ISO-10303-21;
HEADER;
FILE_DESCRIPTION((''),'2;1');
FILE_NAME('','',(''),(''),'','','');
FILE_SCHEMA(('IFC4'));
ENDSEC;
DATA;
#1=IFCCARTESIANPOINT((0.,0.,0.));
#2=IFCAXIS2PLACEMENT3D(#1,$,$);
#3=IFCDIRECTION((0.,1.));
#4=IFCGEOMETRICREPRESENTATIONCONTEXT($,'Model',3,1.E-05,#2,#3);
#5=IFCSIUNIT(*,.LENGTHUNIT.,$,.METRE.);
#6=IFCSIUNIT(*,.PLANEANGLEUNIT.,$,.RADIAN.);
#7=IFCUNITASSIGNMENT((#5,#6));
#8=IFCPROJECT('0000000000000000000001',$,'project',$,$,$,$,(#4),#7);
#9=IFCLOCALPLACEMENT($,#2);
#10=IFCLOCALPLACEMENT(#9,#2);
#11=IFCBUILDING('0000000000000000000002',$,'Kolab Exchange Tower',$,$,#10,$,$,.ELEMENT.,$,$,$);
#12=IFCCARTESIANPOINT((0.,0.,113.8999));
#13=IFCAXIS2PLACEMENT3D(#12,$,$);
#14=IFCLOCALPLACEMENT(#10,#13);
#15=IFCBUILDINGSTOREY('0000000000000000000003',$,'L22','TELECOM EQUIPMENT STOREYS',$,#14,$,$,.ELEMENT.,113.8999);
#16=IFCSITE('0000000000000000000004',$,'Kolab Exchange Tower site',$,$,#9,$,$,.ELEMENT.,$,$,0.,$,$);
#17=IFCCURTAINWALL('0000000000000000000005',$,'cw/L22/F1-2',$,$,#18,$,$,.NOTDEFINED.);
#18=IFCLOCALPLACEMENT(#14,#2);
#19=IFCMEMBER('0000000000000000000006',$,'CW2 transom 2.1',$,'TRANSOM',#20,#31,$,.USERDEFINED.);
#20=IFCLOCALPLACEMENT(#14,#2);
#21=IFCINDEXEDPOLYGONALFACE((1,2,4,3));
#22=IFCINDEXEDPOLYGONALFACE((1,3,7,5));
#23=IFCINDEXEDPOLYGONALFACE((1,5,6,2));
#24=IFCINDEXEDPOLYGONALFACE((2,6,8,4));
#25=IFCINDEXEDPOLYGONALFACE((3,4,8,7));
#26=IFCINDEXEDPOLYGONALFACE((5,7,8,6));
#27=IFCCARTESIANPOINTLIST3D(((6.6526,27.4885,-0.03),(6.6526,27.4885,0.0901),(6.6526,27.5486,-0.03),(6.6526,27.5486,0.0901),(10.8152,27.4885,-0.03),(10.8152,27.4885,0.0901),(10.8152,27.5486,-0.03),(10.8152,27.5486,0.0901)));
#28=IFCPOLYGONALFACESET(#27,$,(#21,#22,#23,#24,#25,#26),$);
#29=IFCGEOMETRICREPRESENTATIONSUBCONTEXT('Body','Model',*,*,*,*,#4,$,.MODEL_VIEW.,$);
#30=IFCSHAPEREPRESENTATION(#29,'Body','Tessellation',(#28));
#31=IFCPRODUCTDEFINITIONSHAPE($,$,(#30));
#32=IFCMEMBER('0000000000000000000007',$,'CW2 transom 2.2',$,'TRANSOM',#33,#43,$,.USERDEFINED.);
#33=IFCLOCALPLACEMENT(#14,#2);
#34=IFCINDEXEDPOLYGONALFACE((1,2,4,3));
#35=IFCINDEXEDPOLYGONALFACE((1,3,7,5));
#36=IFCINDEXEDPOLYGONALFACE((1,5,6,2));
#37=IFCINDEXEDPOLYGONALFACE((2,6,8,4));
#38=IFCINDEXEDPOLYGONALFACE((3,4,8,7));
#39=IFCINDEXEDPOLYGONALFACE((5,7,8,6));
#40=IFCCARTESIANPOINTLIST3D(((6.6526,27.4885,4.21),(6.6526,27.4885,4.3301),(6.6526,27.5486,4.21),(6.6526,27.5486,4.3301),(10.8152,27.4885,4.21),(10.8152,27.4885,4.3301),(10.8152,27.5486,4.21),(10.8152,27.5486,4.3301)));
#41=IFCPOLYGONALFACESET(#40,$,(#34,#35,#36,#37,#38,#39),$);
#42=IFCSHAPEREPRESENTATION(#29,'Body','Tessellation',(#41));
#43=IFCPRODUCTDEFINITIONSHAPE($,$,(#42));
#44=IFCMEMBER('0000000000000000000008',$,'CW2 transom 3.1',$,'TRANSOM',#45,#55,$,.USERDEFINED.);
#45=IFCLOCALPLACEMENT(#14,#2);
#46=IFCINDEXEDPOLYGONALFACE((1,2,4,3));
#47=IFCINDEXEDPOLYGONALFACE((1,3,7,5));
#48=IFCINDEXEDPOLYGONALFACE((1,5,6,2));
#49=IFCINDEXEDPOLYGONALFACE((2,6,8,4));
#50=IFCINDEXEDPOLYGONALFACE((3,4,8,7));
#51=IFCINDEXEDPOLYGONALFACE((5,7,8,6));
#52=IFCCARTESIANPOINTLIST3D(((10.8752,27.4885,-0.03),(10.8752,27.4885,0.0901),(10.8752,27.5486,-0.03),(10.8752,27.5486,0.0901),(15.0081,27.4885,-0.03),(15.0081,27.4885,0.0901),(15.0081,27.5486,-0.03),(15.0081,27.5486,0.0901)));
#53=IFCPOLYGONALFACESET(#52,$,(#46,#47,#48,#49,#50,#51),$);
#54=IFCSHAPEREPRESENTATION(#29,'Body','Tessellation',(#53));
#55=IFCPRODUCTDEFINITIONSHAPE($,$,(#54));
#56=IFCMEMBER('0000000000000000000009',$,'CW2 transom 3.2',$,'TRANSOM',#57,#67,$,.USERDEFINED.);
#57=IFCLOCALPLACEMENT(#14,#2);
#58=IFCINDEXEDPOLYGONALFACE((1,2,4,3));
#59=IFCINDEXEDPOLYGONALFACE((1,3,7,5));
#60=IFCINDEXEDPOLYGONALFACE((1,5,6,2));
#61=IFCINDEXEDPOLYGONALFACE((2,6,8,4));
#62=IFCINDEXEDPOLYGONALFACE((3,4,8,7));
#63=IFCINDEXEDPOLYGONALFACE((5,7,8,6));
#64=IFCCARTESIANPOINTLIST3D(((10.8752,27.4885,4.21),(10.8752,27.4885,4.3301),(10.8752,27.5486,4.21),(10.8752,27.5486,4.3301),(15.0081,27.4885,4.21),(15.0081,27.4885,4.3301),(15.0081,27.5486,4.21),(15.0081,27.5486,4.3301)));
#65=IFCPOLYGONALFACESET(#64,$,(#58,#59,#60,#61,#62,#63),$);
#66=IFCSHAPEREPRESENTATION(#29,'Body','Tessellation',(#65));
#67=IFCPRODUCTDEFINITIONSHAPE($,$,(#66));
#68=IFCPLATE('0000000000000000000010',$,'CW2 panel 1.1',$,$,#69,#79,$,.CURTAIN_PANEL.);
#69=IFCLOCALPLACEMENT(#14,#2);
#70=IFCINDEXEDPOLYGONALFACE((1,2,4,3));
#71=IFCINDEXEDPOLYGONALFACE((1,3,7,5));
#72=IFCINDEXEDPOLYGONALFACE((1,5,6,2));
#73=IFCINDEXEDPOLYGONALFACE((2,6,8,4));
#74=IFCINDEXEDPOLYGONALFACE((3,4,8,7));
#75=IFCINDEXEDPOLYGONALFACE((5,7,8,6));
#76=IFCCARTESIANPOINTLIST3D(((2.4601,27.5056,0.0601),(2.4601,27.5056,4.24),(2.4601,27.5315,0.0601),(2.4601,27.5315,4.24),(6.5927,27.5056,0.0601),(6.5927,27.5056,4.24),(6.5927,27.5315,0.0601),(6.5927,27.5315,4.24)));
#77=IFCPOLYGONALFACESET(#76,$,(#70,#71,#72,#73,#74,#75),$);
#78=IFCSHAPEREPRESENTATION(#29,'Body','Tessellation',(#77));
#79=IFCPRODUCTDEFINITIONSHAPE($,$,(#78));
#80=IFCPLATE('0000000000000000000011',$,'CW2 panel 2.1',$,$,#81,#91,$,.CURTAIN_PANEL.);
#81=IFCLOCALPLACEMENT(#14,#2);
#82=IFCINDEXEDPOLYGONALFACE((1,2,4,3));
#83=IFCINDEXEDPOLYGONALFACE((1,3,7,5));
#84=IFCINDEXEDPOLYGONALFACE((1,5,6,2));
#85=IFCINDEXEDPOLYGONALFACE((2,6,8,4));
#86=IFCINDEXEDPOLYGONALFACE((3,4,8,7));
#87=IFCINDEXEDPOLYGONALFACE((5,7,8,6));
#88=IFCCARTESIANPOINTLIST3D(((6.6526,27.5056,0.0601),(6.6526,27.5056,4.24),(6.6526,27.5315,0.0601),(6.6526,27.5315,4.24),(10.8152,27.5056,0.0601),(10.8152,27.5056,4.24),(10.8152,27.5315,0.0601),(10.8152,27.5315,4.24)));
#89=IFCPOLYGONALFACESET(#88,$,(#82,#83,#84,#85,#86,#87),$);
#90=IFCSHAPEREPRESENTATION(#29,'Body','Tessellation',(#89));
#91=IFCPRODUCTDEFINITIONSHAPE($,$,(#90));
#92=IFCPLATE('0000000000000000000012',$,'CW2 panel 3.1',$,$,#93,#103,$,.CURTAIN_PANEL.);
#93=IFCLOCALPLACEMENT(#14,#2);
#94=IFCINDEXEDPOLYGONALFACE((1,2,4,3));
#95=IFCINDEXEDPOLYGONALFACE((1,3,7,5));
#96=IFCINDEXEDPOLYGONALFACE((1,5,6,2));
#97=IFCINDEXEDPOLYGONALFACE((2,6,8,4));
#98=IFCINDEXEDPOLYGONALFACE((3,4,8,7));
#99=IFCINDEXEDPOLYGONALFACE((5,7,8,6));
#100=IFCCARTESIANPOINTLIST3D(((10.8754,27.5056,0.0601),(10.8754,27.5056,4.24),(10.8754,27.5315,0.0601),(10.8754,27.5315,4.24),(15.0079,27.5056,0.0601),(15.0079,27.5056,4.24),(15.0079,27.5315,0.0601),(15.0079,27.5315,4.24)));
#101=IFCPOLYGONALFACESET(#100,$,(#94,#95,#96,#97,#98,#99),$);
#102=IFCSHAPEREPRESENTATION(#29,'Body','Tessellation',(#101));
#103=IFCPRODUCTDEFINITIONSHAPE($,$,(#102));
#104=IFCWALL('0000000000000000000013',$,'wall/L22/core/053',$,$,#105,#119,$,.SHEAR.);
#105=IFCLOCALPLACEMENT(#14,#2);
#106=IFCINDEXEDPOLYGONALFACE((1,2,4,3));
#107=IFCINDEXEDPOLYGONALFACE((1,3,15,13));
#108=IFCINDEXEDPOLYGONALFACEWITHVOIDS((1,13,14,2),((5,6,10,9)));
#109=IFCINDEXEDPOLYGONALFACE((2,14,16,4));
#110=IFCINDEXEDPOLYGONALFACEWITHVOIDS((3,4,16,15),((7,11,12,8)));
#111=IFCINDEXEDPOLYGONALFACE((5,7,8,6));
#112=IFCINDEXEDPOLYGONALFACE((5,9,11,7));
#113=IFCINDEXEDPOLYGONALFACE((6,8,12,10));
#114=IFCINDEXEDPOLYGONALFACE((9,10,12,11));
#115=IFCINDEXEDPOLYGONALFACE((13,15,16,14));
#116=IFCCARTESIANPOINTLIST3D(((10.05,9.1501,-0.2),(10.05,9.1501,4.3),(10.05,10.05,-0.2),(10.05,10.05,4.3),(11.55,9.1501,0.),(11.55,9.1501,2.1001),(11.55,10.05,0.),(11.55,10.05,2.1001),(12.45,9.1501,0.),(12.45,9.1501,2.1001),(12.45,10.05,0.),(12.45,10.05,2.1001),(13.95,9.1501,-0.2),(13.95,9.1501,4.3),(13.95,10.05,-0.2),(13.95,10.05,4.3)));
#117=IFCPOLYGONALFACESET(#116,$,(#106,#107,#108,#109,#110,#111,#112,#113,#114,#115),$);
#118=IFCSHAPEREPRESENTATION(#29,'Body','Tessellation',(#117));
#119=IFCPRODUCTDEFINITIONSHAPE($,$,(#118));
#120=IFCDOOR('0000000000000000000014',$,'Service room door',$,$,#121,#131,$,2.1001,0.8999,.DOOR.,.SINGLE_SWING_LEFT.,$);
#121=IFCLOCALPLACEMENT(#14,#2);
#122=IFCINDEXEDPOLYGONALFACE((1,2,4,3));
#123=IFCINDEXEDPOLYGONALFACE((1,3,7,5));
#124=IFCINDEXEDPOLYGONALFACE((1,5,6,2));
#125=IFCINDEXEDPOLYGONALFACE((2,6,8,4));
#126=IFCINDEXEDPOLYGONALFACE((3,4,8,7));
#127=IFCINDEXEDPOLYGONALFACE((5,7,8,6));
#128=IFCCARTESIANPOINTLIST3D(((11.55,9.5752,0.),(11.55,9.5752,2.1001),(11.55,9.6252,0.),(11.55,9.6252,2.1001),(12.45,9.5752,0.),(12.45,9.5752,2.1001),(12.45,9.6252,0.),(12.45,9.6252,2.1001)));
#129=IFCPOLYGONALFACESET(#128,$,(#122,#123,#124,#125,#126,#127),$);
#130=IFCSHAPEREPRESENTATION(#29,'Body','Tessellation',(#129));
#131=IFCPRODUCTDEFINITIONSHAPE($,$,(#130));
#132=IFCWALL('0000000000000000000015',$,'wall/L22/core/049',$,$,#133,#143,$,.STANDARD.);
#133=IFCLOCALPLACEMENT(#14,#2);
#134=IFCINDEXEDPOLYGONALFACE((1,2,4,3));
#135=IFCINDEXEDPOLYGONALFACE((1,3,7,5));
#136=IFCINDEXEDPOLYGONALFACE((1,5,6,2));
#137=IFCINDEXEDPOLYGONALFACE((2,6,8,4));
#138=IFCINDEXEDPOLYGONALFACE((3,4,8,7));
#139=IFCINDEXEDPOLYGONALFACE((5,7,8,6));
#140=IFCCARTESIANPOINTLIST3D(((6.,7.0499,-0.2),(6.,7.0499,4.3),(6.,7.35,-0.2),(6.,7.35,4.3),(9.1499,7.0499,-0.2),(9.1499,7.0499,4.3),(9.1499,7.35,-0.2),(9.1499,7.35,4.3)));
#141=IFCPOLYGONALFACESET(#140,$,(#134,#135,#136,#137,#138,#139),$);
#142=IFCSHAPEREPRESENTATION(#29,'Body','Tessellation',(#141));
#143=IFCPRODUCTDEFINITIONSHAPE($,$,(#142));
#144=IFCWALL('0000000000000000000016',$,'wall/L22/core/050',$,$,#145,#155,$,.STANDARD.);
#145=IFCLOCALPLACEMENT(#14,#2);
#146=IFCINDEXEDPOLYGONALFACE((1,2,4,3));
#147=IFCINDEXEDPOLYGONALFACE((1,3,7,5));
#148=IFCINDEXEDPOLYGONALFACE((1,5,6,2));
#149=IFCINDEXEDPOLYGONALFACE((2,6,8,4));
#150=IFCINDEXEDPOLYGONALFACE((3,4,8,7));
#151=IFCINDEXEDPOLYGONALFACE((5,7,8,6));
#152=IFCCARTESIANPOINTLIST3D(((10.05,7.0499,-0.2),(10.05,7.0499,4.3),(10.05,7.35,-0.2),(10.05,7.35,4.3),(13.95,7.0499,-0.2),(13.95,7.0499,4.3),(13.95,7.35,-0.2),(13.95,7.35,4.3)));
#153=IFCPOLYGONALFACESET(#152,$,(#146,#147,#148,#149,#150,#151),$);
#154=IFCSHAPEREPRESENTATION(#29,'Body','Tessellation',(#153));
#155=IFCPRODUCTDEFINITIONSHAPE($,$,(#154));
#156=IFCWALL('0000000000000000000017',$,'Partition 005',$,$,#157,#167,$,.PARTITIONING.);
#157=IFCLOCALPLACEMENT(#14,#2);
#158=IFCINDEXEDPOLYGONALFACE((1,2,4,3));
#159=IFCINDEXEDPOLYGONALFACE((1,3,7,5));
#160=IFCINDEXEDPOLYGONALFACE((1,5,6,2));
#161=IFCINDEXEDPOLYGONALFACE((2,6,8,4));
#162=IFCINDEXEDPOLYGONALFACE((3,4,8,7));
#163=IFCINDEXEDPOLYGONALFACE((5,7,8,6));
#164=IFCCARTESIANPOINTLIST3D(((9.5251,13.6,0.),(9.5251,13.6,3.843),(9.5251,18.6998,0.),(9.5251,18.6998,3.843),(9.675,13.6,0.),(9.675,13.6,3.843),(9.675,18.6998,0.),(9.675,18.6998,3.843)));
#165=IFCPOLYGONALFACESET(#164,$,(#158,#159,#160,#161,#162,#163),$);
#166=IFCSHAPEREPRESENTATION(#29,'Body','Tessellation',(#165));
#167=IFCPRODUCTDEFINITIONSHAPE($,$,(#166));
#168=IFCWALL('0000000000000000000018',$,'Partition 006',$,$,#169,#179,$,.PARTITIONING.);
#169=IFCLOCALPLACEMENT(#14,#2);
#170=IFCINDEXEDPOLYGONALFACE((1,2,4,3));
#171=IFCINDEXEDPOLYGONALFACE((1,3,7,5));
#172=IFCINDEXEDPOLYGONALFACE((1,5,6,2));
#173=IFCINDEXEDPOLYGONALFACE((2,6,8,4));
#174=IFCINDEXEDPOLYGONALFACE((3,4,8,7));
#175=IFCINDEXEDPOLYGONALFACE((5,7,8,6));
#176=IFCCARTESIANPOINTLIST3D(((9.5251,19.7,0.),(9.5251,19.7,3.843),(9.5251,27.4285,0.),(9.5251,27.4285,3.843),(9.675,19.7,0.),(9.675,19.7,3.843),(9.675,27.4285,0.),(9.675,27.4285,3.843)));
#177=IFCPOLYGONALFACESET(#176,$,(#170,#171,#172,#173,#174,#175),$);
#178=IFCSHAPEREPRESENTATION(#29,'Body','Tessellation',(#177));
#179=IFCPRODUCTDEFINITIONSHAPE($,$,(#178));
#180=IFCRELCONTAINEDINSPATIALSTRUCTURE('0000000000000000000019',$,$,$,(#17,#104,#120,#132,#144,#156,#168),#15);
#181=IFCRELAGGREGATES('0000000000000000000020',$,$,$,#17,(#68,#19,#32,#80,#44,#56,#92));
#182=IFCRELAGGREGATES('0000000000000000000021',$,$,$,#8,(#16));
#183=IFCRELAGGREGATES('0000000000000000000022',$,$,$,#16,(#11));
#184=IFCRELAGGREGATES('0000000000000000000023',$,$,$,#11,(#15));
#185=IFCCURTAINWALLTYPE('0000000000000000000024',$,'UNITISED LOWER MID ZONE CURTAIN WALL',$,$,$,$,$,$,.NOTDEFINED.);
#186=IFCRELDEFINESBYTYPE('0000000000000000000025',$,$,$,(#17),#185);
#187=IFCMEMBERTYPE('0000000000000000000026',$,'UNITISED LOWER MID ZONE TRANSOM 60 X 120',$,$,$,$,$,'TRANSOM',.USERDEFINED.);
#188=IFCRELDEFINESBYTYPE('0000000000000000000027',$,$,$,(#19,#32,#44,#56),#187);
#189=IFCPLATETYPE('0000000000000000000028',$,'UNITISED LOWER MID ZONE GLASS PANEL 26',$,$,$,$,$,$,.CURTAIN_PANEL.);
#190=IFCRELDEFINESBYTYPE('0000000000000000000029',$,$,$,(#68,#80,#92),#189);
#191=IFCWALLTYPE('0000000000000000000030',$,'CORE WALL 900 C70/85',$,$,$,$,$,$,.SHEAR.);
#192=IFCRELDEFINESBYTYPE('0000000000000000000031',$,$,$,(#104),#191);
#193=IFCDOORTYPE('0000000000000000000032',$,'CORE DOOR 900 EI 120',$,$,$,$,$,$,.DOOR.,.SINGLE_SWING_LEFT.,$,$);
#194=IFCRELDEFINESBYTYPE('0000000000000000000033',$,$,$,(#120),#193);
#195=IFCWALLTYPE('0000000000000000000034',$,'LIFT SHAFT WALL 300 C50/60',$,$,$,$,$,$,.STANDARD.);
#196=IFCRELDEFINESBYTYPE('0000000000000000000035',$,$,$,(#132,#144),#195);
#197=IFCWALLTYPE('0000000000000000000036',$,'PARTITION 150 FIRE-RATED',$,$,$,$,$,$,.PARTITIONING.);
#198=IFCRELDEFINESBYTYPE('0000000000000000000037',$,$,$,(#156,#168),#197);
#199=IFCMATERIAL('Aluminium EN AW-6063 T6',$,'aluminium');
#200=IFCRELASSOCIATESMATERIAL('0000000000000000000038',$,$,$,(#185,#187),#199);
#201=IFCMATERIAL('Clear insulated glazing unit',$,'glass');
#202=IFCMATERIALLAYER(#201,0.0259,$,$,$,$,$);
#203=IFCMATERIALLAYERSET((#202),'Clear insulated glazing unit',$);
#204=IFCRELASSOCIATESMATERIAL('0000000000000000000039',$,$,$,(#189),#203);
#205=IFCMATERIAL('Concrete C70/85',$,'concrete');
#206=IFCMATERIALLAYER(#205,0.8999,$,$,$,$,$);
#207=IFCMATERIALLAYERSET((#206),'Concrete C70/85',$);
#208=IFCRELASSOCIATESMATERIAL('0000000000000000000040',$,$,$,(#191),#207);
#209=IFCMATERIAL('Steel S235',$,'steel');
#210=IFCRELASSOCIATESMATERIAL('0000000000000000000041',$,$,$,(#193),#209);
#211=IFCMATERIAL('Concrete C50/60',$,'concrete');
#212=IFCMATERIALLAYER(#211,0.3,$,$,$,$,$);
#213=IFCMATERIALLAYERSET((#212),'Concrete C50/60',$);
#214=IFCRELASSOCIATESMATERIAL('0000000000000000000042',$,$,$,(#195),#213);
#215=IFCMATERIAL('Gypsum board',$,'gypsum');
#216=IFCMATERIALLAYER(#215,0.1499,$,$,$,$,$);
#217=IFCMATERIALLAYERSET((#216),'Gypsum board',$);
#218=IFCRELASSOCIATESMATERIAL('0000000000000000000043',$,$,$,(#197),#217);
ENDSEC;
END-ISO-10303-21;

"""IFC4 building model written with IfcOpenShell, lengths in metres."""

from ifc_helpers import new_model, si_unit, direction, frame, frame_2d, origin, origin_2d, place, context, subcontext, project, spatial, rectangle, extrude, material, layer, layer_set, material_profile, profile_set, type_object, element, fill, aggregate, save


model = new_model("IFC4")

# Units and contexts
model_context = context("Model", 3, precision=1e-05, world=origin(), true_north=direction((0.0, 1.0)))
body_context = subcontext(model_context, "Body", "Model", "MODEL_VIEW")
ifc_project = project(units=[si_unit("LENGTHUNIT", "METRE"), si_unit("PLANEANGLEUNIT", "RADIAN")], contexts=[model_context])

# Site, building, storey
site_placement = place(None, origin())
site = spatial("IfcSite", under=ifc_project, at=site_placement, Name="Kolab Exchange Tower site", CompositionType="ELEMENT", RefElevation=0.0)
building_placement = place(site_placement, origin())
building = spatial("IfcBuilding", under=site, at=building_placement, Name="Kolab Exchange Tower", CompositionType="ELEMENT")
storey_placement = place(building_placement, frame((0.0, 0.0, 113.8999)))
storey = spatial("IfcBuildingStorey", under=building, at=storey_placement, Name="L22", Description="TELECOM EQUIPMENT STOREYS", CompositionType="ELEMENT", Elevation=113.8999)

# Shared definitions
ifc_material_1 = material(Name="Concrete C70/85", Category="concrete")

# Curtain wall, members, plates
ifc_material_2 = material(Name="Aluminium EN AW-6063 T6", Category="aluminium")
curtain_wall_type = type_object("IfcCurtainWallType", Name="UNITISED LOWER MID ZONE CURTAIN WALL", PredefinedType="NOTDEFINED", material=ifc_material_2)
curtain_wall_placement = place(storey_placement, origin())
curtain_wall = element("IfcCurtainWall", 1, at=curtain_wall_placement, inside=storey, type_object=curtain_wall_type, Name="cw/L22/F1-2", PredefinedType="NOTDEFINED")
ifc_material_profile_1 = material_profile(ifc_material_2, rectangle(XDim=0.0601, YDim=0.1201, at=origin_2d()), Name="RECT 60X120")
ifc_profile_set_1 = profile_set([ifc_material_profile_1], Name="Aluminium EN AW-6063 T6")
member_type_1 = type_object("IfcMemberType", Name="UNITISED LOWER MID ZONE TRANSOM 60 X 120", ElementType="TRANSOM", PredefinedType="USERDEFINED", material=ifc_profile_set_1)
member_1_placement = place(storey_placement, frame((6.6526, 27.5186, 0.03), z_axis=(1.0, 0.0, 0.0), x_axis=(0.0, 1.0, 0.0)))
member_1 = element("IfcMember", 2, at=member_1_placement, type_object=member_type_1, Name="CW2 transom 2.1", ObjectType="TRANSOM", PredefinedType="USERDEFINED", context=body_context, shape_type="SweptSolid", body=[
    extrude(rectangle(XDim=0.0601, YDim=0.1201, at=origin_2d()), origin(), (0.0, 0.0, 1.0), 4.1626),
])
member_2_placement = place(storey_placement, frame((6.6526, 27.5186, 4.27), z_axis=(1.0, 0.0, 0.0), x_axis=(0.0, 1.0, 0.0)))
member_2 = element("IfcMember", 3, at=member_2_placement, type_object=member_type_1, Name="CW2 transom 2.2", ObjectType="TRANSOM", PredefinedType="USERDEFINED", context=body_context, shape_type="SweptSolid", body=[
    extrude(rectangle(XDim=0.0601, YDim=0.1201, at=origin_2d()), origin(), (0.0, 0.0, 1.0), 4.1626),
])
member_3_placement = place(storey_placement, frame((10.8752, 27.5186, 0.03), z_axis=(1.0, 0.0, 0.0), x_axis=(0.0, 1.0, 0.0)))
member_3 = element("IfcMember", 4, at=member_3_placement, type_object=member_type_1, Name="CW2 transom 3.1", ObjectType="TRANSOM", PredefinedType="USERDEFINED", context=body_context, shape_type="SweptSolid", body=[
    extrude(rectangle(XDim=0.0601, YDim=0.1201, at=origin_2d()), origin(), (0.0, 0.0, 1.0), 4.1328),
])
member_4_placement = place(storey_placement, frame((10.8752, 27.5186, 4.27), z_axis=(1.0, 0.0, 0.0), x_axis=(0.0, 1.0, 0.0)))
member_4 = element("IfcMember", 5, at=member_4_placement, type_object=member_type_1, Name="CW2 transom 3.2", ObjectType="TRANSOM", PredefinedType="USERDEFINED", context=body_context, shape_type="SweptSolid", body=[
    extrude(rectangle(XDim=0.0601, YDim=0.1201, at=origin_2d()), origin(), (0.0, 0.0, 1.0), 4.1328),
])
ifc_material_3 = material(Name="Clear insulated glazing unit", Category="glass")
ifc_layer_1 = layer(ifc_material_3, 0.0259)
ifc_layer_set_1 = layer_set([ifc_layer_1], Name="Clear insulated glazing unit")
plate_type = type_object("IfcPlateType", Name="UNITISED LOWER MID ZONE GLASS PANEL 26", PredefinedType="CURTAIN_PANEL", material=ifc_layer_set_1)
plate_1_placement = place(storey_placement, frame((4.5264, 27.5186, 0.0601), z_axis=(0.0, 0.0, 1.0), x_axis=(1.0, 0.0, 0.0)))
plate_1 = element("IfcPlate", 6, at=plate_1_placement, type_object=plate_type, Name="CW2 panel 1.1", PredefinedType="CURTAIN_PANEL", context=body_context, shape_type="SweptSolid", body=[
    extrude(rectangle(XDim=4.1326, YDim=0.0259, at=origin_2d()), origin(), (0.0, 0.0, 1.0), 4.1799),
])
plate_2_placement = place(storey_placement, frame((8.7339, 27.5186, 0.0601), z_axis=(0.0, 0.0, 1.0), x_axis=(1.0, 0.0, 0.0)))
plate_2 = element("IfcPlate", 7, at=plate_2_placement, type_object=plate_type, Name="CW2 panel 2.1", PredefinedType="CURTAIN_PANEL", context=body_context, shape_type="SweptSolid", body=[
    extrude(rectangle(XDim=4.1626, YDim=0.0259, at=origin_2d()), origin(), (0.0, 0.0, 1.0), 4.1799),
])
plate_3_placement = place(storey_placement, frame((12.9417, 27.5186, 0.0601), z_axis=(0.0, 0.0, 1.0), x_axis=(1.0, 0.0, 0.0)))
plate_3 = element("IfcPlate", 8, at=plate_3_placement, type_object=plate_type, Name="CW2 panel 3.1", PredefinedType="CURTAIN_PANEL", context=body_context, shape_type="SweptSolid", body=[
    extrude(rectangle(XDim=4.1326, YDim=0.0259, at=origin_2d()), origin(), (0.0, 0.0, 1.0), 4.1799),
])
aggregate(curtain_wall, [plate_1, member_1, member_2, plate_2, member_3, member_4, plate_3])

# Wall, opening, door
ifc_layer_2 = layer(ifc_material_1, 0.8999)
ifc_layer_set_2 = layer_set([ifc_layer_2], Name="Concrete C70/85")
wall_type_1 = type_object("IfcWallType", Name="CORE WALL 900 C70/85", PredefinedType="SHEAR", material=ifc_layer_set_2)
wall_1_placement = place(storey_placement, frame((10.05, 9.6001, -0.2), z_axis=(0.0, 0.0, 1.0), x_axis=(1.0, 0.0, 0.0)))
wall_1 = element("IfcWall", 9, at=wall_1_placement, inside=storey, type_object=wall_type_1, Name="wall/L22/core/053", PredefinedType="SHEAR", context=body_context, shape_type="SweptSolid", body=[
    extrude(rectangle(XDim=3.8999, YDim=0.8999, at=frame_2d((1.95, 0.0))), origin(), (0.0, 0.0, 1.0), 4.5),
])
opening_placement = place(wall_1_placement, frame((1.5, 0.0, 0.2)))
opening = element("IfcOpeningElement", 10, at=opening_placement, cuts=wall_1, PredefinedType="OPENING", context=body_context, shape_type="SweptSolid", body=[
    extrude(rectangle(XDim=0.8999, YDim=2.1001, at=frame_2d((0.45, 1.05))), frame((0.0, 0.46, 0.0), z_axis=(0.0, -1.0, 0.0), x_axis=(1.0, 0.0, 0.0)), (0.0, 0.0, 1.0), 0.9199),
])
ifc_material_4 = material(Name="Steel S235", Category="steel")
door_type = type_object("IfcDoorType", Name="CORE DOOR 900 EI 120", OperationType="SINGLE_SWING_LEFT", PredefinedType="DOOR", material=ifc_material_4)
door_placement = place(opening_placement, frame((0.8999, 0.0, 0.0), z_axis=(0.0, 0.0, 1.0), x_axis=(-1.0, 0.0, 0.0)))
door = element("IfcDoor", 11, at=door_placement, inside=storey, type_object=door_type, Name="Service room door", OperationType="SINGLE_SWING_LEFT", OverallHeight=2.1001, OverallWidth=0.8999, PredefinedType="DOOR", context=body_context, shape_type="SweptSolid", body=[
    extrude(rectangle(XDim=0.8999, YDim=2.1001, at=frame_2d((0.45, 1.05))), frame((0.0, 0.0249, 0.0), z_axis=(0.0, -1.0, 0.0), x_axis=(1.0, 0.0, 0.0)), (0.0, 0.0, 1.0), 0.05),
])
fill(opening, door)

# Walls
ifc_material_5 = material(Name="Concrete C50/60", Category="concrete")
ifc_layer_3 = layer(ifc_material_5, 0.3)
ifc_layer_set_3 = layer_set([ifc_layer_3], Name="Concrete C50/60")
wall_type_2 = type_object("IfcWallType", Name="LIFT SHAFT WALL 300 C50/60", PredefinedType="STANDARD", material=ifc_layer_set_3)
wall_2_placement = place(storey_placement, frame((6.0, 7.2, -0.2), z_axis=(0.0, 0.0, 1.0), x_axis=(1.0, 0.0, 0.0)))
element("IfcWall", 12, at=wall_2_placement, inside=storey, type_object=wall_type_2, Name="wall/L22/core/049", PredefinedType="STANDARD", context=body_context, shape_type="SweptSolid", body=[
    extrude(rectangle(XDim=3.1499, YDim=0.3, at=frame_2d((1.575, 0.0))), origin(), (0.0, 0.0, 1.0), 4.5),
])
wall_3_placement = place(storey_placement, frame((10.05, 7.2, -0.2), z_axis=(0.0, 0.0, 1.0), x_axis=(1.0, 0.0, 0.0)))
element("IfcWall", 13, at=wall_3_placement, inside=storey, type_object=wall_type_2, Name="wall/L22/core/050", PredefinedType="STANDARD", context=body_context, shape_type="SweptSolid", body=[
    extrude(rectangle(XDim=3.8999, YDim=0.3, at=frame_2d((1.95, 0.0))), origin(), (0.0, 0.0, 1.0), 4.5),
])
ifc_material_6 = material(Name="Gypsum board", Category="gypsum")
ifc_layer_4 = layer(ifc_material_6, 0.1499)
ifc_layer_set_4 = layer_set([ifc_layer_4], Name="Gypsum board")
wall_type_3 = type_object("IfcWallType", Name="PARTITION 150 FIRE-RATED", PredefinedType="PARTITIONING", material=ifc_layer_set_4)
wall_4_placement = place(storey_placement, frame((9.6001, 13.6001, 0.0), z_axis=(0.0, 0.0, 1.0), x_axis=(0.0, 1.0, 0.0)))
element("IfcWall", 14, at=wall_4_placement, inside=storey, type_object=wall_type_3, Name="Partition 005", PredefinedType="PARTITIONING", context=body_context, shape_type="SweptSolid", body=[
    extrude(rectangle(XDim=5.0999, YDim=0.1499, at=frame_2d((2.5498, 0.0))), origin(), (0.0, 0.0, 1.0), 3.843),
])
wall_5_placement = place(storey_placement, frame((9.6001, 19.7, 0.0), z_axis=(0.0, 0.0, 1.0), x_axis=(0.0, 1.0, 0.0)))
element("IfcWall", 15, at=wall_5_placement, inside=storey, type_object=wall_type_3, Name="Partition 006", PredefinedType="PARTITIONING", context=body_context, shape_type="SweptSolid", body=[
    extrude(rectangle(XDim=7.7285, YDim=0.1499, at=frame_2d((3.8643, 0.0))), origin(), (0.0, 0.0, 1.0), 3.843),
])

save(model, "model.ifc")
